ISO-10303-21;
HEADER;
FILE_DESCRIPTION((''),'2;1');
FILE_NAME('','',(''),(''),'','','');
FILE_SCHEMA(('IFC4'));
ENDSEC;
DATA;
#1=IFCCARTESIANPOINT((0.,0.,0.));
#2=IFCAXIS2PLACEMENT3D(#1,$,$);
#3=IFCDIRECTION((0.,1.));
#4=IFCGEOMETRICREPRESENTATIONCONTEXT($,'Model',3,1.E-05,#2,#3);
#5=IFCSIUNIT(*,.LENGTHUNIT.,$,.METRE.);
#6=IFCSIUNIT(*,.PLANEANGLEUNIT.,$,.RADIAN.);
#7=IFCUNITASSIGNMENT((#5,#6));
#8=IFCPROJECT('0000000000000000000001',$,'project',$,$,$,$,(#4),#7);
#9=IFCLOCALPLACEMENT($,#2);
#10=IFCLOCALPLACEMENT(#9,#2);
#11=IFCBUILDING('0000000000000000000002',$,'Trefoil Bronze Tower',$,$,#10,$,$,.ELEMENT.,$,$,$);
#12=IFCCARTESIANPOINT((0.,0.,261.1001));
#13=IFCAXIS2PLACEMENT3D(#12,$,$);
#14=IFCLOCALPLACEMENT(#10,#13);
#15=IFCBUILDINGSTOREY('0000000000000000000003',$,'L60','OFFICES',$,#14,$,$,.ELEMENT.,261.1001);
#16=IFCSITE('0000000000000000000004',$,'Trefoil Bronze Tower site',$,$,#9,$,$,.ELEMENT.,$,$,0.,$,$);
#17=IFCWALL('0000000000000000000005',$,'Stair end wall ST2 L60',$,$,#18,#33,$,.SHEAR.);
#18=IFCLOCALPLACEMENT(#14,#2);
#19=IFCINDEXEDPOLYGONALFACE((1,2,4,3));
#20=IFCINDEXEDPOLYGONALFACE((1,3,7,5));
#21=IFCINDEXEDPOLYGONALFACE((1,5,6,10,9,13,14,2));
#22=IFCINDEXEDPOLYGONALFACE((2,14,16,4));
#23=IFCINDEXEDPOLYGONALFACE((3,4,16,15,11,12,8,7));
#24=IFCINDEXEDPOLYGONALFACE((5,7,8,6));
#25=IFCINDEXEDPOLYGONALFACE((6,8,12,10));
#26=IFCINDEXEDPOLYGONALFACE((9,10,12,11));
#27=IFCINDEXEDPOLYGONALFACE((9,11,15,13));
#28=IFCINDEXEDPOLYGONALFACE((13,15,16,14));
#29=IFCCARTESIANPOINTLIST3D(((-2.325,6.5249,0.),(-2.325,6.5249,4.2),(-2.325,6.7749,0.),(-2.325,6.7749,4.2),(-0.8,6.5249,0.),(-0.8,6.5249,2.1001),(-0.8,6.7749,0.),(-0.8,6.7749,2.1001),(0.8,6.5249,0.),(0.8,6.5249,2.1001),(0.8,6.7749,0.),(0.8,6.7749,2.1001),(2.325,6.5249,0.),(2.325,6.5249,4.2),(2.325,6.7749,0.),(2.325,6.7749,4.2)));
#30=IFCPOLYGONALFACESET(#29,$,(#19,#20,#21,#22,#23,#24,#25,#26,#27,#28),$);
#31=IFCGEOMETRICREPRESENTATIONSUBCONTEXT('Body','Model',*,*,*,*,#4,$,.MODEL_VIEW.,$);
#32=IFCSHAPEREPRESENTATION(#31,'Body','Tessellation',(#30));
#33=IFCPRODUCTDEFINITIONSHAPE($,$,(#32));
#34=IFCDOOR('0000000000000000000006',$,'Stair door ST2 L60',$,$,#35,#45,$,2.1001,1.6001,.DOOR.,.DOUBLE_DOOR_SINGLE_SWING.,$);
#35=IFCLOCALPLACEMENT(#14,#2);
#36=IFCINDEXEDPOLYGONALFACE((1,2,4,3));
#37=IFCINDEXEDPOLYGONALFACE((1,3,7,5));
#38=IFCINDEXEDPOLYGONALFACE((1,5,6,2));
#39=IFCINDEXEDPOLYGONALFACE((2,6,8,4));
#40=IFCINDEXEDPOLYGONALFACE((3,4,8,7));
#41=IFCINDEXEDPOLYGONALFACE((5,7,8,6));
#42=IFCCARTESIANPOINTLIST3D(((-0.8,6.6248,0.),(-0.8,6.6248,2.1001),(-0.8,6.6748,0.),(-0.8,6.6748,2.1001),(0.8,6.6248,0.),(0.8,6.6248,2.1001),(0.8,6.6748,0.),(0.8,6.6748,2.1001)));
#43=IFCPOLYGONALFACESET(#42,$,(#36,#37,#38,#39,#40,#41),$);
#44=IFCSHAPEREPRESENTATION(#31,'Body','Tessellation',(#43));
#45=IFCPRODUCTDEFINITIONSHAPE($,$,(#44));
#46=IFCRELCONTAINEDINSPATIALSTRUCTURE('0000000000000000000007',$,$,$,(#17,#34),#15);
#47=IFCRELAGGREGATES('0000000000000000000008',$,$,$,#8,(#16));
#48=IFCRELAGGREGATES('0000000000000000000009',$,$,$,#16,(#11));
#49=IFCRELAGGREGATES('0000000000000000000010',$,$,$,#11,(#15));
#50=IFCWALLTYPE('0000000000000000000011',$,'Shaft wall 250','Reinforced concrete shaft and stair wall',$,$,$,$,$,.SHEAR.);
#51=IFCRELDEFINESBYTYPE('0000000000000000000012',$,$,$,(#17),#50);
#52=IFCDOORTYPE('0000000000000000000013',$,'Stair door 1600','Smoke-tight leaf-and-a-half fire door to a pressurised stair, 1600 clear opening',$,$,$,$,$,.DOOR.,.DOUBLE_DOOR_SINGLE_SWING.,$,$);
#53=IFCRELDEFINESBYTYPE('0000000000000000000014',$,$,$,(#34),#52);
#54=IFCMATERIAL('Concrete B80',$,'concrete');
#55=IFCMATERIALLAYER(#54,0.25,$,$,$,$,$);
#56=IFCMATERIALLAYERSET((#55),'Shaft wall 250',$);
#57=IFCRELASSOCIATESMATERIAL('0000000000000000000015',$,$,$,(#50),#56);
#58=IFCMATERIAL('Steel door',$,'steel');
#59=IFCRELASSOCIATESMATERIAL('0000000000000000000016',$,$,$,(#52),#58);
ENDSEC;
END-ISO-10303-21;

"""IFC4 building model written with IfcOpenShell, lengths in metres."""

from ifc_helpers import new_model, si_unit, direction, frame, frame_2d, origin, place, context, subcontext, project, spatial, rectangle, extrude, material, layer, layer_set, type_object, element, fill, save


model = new_model("IFC4")

# Units and contexts
model_context = context("Model", 3, precision=1e-05, world=origin(), true_north=direction((0.0, 1.0)))
body_context = subcontext(model_context, "Body", "Model", "MODEL_VIEW")
ifc_project = project(units=[si_unit("LENGTHUNIT", "METRE"), si_unit("PLANEANGLEUNIT", "RADIAN")], contexts=[model_context])

# Site, building, storey
site_placement = place(None, origin())
site = spatial("IfcSite", under=ifc_project, at=site_placement, Name="Trefoil Bronze Tower site", CompositionType="ELEMENT", RefElevation=0.0)
building_placement = place(site_placement, origin())
building = spatial("IfcBuilding", under=site, at=building_placement, Name="Trefoil Bronze Tower", CompositionType="ELEMENT")
storey_placement = place(building_placement, frame((0.0, 0.0, 261.1001)))
storey = spatial("IfcBuildingStorey", under=building, at=storey_placement, Name="L60", Description="OFFICES", CompositionType="ELEMENT", Elevation=261.1001)

# Shared definitions
ifc_material_1 = material(Name="Concrete B80", Category="concrete")
ifc_layer_1 = layer(ifc_material_1, 0.25)
ifc_layer_set_1 = layer_set([ifc_layer_1], Name="Shaft wall 250")
wall_type_1 = type_object("IfcWallType", Name="Shaft wall 250", Description="Reinforced concrete shaft and stair wall", PredefinedType="SHEAR", material=ifc_layer_set_1)

# Wall, opening, door
wall_1_placement = place(storey_placement, frame((2.325, 6.6499, 0.0), z_axis=(0.0, 0.0, 1.0), x_axis=(-1.0, 0.0, 0.0)))
wall_1 = element("IfcWall", 1, at=wall_1_placement, inside=storey, type_object=wall_type_1, Name="Stair end wall ST2 L60", PredefinedType="SHEAR", context=body_context, shape_type="SweptSolid", body=[
    extrude(rectangle(XDim=4.6499, YDim=0.25, at=frame_2d((2.325, 0.0))), origin(), (0.0, 0.0, 1.0), 4.2),
])
opening_1_placement = place(wall_1_placement, frame((1.5249, 0.0, 0.0)))
opening_1 = element("IfcOpeningElement", 2, at=opening_1_placement, cuts=wall_1, PredefinedType="OPENING", context=body_context, shape_type="SweptSolid", body=[
    extrude(rectangle(XDim=1.6001, YDim=2.1001, at=frame_2d((0.8, 1.05))), frame((0.0, 0.135, 0.0), z_axis=(0.0, -1.0, 0.0), x_axis=(1.0, 0.0, 0.0)), (0.0, 0.0, 1.0), 0.27),
])
ifc_material_2 = material(Name="Steel door", Category="steel")
door_type_1 = type_object("IfcDoorType", Name="Stair door 1600", Description="Smoke-tight leaf-and-a-half fire door to a pressurised stair, 1600 clear opening", OperationType="DOUBLE_DOOR_SINGLE_SWING", PredefinedType="DOOR", material=ifc_material_2)
door_1_placement = place(opening_1_placement, frame((1.6001, 0.0, 0.0), z_axis=(0.0, 0.0, 1.0), x_axis=(-1.0, 0.0, 0.0)))
door_1 = element("IfcDoor", 3, at=door_1_placement, inside=storey, type_object=door_type_1, Name="Stair door ST2 L60", OperationType="DOUBLE_DOOR_SINGLE_SWING", OverallHeight=2.1001, OverallWidth=1.6001, PredefinedType="DOOR", context=body_context, shape_type="SweptSolid", body=[
    extrude(rectangle(XDim=1.6001, YDim=2.1001, at=frame_2d((0.8, 1.05))), frame((0.0, 0.0249, 0.0), z_axis=(0.0, -1.0, 0.0), x_axis=(1.0, 0.0, 0.0)), (0.0, 0.0, 1.0), 0.05),
])
fill(opening_1, door_1)

save(model, "model.ifc")
